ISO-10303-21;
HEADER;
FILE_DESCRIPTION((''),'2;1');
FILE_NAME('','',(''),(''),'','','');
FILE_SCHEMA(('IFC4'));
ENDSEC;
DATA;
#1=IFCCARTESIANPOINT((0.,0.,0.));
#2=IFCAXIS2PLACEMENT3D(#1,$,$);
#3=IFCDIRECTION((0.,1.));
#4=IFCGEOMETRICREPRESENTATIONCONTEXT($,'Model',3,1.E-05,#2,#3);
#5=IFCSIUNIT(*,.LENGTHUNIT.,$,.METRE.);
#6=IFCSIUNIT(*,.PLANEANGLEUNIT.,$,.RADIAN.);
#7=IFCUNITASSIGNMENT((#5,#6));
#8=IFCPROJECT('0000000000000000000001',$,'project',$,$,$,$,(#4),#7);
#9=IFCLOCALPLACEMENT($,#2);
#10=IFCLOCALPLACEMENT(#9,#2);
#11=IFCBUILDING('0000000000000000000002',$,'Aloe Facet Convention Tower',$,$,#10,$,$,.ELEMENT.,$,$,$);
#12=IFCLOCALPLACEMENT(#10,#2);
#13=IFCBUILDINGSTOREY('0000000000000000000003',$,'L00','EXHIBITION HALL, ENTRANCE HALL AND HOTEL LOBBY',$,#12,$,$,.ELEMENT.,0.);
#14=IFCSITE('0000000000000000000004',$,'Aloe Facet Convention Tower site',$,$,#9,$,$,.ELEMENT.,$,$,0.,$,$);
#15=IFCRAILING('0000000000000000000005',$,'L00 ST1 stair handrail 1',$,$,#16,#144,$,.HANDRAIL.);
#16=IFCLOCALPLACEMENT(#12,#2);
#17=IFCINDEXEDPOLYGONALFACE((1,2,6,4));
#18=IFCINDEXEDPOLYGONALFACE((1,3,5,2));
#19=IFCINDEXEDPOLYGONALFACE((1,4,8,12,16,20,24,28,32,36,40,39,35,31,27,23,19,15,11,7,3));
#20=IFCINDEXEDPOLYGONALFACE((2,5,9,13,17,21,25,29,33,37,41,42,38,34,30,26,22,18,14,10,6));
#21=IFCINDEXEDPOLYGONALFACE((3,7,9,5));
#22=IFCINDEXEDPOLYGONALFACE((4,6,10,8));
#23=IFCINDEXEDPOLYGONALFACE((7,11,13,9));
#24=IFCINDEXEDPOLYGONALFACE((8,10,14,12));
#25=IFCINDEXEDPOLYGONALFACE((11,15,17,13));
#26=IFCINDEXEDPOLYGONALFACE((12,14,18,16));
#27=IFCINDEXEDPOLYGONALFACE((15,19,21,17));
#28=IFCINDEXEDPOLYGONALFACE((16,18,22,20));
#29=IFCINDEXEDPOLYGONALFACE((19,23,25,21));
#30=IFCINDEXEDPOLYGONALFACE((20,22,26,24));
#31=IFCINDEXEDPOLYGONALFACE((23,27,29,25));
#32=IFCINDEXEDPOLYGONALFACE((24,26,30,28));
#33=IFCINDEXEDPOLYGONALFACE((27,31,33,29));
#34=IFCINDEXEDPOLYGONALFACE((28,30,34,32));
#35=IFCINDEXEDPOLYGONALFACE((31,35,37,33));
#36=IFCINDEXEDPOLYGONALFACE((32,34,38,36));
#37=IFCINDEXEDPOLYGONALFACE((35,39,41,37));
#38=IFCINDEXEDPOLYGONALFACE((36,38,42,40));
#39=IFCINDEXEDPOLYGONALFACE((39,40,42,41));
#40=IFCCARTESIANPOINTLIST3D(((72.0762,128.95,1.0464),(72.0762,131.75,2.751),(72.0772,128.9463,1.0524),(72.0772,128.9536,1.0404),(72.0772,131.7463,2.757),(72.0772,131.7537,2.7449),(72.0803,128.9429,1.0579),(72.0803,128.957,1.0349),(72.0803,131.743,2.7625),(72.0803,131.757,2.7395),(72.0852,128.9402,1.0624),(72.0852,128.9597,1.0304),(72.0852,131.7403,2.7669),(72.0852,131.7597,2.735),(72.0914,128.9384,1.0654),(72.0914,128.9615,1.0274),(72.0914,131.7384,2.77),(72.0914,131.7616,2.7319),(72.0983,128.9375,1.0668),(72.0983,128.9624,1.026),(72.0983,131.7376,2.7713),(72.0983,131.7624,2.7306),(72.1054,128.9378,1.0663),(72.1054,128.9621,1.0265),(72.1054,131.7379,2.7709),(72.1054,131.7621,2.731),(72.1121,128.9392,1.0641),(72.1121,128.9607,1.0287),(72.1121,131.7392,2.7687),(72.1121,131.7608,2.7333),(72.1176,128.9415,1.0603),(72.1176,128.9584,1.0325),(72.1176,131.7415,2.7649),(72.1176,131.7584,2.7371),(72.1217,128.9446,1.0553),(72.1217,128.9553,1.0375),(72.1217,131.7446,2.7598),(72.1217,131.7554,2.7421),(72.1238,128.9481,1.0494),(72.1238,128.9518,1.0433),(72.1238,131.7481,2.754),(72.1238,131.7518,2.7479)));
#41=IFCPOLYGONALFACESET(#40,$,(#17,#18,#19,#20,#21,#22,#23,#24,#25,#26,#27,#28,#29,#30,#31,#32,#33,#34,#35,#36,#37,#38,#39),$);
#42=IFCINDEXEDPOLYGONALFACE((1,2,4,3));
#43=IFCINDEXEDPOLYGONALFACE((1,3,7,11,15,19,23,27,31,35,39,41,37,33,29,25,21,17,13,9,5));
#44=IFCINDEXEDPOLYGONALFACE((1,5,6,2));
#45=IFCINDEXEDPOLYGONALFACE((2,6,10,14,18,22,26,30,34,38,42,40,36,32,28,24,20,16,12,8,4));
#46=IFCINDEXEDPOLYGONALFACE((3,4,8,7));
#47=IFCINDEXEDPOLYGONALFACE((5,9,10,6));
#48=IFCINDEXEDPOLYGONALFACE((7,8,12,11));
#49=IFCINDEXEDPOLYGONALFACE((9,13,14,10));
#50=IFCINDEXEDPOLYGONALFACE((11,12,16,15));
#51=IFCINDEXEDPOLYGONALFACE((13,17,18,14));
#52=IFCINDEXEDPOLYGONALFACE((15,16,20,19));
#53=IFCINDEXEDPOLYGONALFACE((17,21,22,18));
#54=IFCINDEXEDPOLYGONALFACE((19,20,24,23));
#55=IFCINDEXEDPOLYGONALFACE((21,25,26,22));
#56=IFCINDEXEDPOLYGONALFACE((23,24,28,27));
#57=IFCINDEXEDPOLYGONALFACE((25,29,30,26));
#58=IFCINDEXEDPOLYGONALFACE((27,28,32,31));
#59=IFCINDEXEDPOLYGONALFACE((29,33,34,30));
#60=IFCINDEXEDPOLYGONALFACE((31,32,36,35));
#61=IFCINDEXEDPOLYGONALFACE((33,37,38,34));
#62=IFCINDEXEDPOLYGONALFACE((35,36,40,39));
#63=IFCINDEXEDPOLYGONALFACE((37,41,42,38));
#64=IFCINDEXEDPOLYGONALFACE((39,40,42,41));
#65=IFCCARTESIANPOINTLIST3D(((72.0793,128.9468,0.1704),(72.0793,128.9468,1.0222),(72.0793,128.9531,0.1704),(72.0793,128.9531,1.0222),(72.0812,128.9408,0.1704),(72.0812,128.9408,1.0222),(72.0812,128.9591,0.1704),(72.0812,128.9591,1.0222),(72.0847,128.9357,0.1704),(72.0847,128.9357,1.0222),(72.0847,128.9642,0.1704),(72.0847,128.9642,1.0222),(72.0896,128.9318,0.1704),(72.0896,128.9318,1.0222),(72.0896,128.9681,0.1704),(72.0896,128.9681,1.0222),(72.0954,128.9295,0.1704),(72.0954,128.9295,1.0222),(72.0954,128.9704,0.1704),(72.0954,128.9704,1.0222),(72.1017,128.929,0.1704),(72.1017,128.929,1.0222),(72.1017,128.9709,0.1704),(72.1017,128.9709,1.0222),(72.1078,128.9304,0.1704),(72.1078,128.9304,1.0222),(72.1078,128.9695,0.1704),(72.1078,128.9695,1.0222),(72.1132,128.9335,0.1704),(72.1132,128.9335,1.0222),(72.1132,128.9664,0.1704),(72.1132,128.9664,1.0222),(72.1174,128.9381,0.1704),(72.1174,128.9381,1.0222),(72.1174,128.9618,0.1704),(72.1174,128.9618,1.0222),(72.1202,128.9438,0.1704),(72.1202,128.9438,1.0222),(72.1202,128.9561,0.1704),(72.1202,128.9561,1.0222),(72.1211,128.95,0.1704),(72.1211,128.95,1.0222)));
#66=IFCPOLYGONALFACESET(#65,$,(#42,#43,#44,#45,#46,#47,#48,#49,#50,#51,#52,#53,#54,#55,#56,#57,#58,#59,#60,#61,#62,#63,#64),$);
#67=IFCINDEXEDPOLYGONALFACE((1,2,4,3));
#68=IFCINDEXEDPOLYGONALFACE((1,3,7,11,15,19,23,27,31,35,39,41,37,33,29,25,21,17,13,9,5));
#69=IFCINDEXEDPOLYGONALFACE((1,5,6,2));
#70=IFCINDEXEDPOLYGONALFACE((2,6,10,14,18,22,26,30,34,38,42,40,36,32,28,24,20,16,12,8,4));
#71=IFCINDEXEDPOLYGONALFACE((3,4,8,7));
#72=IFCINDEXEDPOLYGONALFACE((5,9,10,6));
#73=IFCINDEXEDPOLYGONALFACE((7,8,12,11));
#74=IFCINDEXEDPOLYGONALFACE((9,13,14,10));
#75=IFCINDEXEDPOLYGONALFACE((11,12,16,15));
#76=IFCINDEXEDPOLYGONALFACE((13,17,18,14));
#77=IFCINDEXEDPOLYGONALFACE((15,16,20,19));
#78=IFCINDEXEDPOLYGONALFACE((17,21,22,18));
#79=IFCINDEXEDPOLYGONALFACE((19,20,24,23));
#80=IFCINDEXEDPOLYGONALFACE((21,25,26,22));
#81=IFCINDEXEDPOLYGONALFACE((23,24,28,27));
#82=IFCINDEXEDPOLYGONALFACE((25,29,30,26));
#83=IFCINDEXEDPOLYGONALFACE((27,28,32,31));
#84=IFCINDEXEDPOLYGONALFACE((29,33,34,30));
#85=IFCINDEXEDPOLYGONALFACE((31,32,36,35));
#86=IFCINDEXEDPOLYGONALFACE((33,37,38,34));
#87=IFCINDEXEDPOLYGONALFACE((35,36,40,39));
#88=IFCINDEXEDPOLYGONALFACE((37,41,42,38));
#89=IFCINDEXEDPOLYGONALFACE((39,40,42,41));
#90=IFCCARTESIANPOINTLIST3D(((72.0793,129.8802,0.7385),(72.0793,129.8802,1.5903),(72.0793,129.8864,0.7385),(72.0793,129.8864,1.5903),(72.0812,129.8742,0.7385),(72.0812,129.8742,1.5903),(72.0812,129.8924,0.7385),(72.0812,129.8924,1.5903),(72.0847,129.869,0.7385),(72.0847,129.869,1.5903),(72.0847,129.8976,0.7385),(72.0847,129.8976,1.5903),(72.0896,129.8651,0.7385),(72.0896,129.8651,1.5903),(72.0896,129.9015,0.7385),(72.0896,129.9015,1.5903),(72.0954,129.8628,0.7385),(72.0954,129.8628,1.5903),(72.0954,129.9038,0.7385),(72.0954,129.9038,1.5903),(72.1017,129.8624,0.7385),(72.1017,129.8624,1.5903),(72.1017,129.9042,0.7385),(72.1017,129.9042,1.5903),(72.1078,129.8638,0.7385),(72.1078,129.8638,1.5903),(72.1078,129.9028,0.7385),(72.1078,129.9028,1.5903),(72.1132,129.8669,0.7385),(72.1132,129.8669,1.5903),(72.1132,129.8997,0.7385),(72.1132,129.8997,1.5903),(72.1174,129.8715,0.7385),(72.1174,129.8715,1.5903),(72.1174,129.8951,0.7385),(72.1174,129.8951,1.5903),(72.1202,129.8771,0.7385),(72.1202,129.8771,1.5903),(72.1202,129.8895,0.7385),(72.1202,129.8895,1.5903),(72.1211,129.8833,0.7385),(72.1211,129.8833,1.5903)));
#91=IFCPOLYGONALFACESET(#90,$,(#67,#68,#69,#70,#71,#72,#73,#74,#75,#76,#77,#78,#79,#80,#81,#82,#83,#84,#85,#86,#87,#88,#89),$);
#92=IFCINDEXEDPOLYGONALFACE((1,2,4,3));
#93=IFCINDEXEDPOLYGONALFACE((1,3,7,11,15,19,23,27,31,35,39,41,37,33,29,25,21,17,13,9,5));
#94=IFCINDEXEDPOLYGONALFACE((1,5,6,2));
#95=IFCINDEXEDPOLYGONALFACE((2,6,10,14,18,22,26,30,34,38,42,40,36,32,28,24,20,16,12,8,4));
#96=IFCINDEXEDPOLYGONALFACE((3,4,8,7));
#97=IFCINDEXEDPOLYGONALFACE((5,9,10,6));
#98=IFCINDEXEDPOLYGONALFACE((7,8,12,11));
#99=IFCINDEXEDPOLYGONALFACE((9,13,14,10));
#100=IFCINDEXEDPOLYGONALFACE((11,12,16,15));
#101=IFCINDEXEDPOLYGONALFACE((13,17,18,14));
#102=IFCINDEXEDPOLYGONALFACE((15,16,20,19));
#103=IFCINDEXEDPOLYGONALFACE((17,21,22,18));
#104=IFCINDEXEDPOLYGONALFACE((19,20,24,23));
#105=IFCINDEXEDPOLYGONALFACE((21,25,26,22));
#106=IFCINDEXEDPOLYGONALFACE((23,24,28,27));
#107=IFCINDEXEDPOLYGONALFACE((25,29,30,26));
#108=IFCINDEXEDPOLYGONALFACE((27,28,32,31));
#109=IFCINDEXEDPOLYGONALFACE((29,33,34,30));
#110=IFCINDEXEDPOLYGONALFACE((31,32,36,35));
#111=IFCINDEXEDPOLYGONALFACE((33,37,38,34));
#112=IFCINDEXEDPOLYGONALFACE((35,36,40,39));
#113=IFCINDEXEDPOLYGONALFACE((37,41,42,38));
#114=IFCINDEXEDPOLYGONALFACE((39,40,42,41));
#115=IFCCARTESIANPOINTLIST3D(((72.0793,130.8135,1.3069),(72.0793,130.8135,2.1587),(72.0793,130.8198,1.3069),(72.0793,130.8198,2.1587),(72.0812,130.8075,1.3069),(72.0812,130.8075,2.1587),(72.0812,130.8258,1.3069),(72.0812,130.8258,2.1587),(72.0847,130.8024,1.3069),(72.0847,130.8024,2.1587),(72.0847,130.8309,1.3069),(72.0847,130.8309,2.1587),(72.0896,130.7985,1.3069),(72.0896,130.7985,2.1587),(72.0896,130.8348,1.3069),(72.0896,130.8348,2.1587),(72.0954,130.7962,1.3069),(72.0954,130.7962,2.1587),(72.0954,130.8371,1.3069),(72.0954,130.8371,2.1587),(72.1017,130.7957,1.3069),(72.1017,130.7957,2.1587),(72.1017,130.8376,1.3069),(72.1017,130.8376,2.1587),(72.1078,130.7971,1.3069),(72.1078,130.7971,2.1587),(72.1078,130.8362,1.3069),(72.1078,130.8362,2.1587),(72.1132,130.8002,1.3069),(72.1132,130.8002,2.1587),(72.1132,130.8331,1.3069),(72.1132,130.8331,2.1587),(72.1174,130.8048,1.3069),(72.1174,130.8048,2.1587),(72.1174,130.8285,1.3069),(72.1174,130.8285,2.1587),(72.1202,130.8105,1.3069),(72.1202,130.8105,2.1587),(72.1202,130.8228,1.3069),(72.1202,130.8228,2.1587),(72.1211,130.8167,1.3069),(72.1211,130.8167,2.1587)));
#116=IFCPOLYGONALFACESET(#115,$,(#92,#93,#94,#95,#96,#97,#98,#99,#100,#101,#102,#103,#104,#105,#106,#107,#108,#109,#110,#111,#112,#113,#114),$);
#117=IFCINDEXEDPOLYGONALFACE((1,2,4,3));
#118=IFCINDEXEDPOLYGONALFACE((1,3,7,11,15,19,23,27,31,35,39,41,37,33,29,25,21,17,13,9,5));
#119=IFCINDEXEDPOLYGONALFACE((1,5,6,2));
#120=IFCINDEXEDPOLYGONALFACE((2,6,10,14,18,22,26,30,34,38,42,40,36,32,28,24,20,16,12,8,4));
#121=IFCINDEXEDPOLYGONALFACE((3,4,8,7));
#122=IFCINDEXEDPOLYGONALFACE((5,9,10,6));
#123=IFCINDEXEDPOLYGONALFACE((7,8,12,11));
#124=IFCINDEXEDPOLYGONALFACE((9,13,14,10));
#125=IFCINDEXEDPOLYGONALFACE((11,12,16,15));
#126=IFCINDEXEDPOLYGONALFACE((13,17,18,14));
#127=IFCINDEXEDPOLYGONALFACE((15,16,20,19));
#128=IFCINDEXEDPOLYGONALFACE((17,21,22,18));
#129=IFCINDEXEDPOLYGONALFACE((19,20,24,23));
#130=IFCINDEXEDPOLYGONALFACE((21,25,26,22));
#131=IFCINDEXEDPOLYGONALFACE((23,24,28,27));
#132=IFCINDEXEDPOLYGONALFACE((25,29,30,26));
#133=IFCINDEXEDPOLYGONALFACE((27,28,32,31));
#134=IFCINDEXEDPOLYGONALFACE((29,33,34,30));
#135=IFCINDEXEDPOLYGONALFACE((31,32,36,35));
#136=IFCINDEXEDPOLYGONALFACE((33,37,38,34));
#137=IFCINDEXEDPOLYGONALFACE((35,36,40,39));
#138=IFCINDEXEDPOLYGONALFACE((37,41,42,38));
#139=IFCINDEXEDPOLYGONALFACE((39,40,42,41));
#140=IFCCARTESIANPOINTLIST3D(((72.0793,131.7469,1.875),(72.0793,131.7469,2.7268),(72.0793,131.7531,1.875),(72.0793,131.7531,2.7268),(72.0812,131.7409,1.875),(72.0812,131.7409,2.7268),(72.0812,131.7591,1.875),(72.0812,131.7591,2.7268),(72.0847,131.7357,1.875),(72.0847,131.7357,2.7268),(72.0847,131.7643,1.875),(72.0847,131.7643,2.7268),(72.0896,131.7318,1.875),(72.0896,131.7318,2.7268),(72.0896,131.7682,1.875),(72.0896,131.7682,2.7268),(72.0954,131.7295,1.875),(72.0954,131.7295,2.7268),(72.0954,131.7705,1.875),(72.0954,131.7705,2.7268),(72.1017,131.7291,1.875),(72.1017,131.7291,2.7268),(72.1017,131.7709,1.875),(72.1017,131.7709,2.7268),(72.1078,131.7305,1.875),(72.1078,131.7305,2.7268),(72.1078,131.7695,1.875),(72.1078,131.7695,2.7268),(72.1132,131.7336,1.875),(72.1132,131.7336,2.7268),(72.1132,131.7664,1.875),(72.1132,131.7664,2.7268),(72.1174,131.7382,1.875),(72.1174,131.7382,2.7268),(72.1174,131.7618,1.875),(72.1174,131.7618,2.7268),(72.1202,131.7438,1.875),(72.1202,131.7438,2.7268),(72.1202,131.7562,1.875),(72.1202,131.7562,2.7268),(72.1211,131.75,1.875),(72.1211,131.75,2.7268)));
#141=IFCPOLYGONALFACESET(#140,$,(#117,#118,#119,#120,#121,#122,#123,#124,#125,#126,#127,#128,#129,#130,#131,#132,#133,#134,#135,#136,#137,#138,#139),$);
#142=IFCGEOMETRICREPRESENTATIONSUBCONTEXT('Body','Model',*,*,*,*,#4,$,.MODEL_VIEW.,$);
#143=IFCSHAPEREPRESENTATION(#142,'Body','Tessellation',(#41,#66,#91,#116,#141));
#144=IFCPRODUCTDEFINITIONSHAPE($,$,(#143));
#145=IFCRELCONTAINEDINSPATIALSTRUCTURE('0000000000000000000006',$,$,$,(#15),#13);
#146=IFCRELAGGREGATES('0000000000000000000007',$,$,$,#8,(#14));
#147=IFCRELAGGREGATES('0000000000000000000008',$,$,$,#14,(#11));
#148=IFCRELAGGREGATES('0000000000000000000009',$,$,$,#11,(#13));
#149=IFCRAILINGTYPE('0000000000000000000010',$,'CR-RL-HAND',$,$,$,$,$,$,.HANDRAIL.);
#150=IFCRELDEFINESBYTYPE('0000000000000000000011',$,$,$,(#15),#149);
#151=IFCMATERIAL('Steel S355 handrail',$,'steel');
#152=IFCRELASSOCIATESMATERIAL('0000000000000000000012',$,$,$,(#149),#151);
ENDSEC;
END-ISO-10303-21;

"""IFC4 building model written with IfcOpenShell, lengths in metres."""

from ifc_helpers import new_model, si_unit, direction, frame, origin, origin_2d, place, context, subcontext, project, spatial, circle, extrude, material, type_object, element, save


model = new_model("IFC4")

# Units and contexts
model_context = context("Model", 3, precision=1e-05, world=origin(), true_north=direction((0.0, 1.0)))
body_context = subcontext(model_context, "Body", "Model", "MODEL_VIEW")
ifc_project = project(units=[si_unit("LENGTHUNIT", "METRE"), si_unit("PLANEANGLEUNIT", "RADIAN")], contexts=[model_context])

# Site, building, storey
site_placement = place(None, origin())
site = spatial("IfcSite", under=ifc_project, at=site_placement, Name="Aloe Facet Convention Tower site", CompositionType="ELEMENT", RefElevation=0.0)
building_placement = place(site_placement, origin())
building = spatial("IfcBuilding", under=site, at=building_placement, Name="Aloe Facet Convention Tower", CompositionType="ELEMENT")
storey_placement = place(building_placement, origin())
storey = spatial("IfcBuildingStorey", under=building, at=storey_placement, Name="L00", Description="EXHIBITION HALL, ENTRANCE HALL AND HOTEL LOBBY", CompositionType="ELEMENT", Elevation=0.0)

# Railing
ifc_material_1 = material(Name="Steel S355 handrail", Category="steel")
railing_type_1 = type_object("IfcRailingType", Name="CR-RL-HAND", PredefinedType="HANDRAIL", material=ifc_material_1)
for number, where, name in (
    (1, (72.1001, 128.95, 0.1704), "L00 ST1 stair handrail 1"),
):
    element("IfcRailing", number, at=place(storey_placement, frame(where)), inside=storey, type_object=railing_type_1, Name=name, PredefinedType="HANDRAIL", context=body_context, shape_type="SweptSolid", body=[
        extrude(circle(Radius=0.0239, at=origin_2d()), frame((0.0, 0.0, 0.876), z_axis=(0.0, 0.85417, 0.519994), x_axis=(-1.0, 0.0, 0.0)), (0.0, 0.0, 1.0), 3.2781),
        extrude(circle(Radius=0.021, at=origin_2d()), origin(), (0.0, 0.0, 1.0), 0.8518),
        extrude(circle(Radius=0.021, at=origin_2d()), frame((0.0, 0.9333, 0.5681)), (0.0, 0.0, 1.0), 0.8518),
        extrude(circle(Radius=0.021, at=origin_2d()), frame((0.0, 1.8667, 1.1365)), (0.0, 0.0, 1.0), 0.8518),
        extrude(circle(Radius=0.021, at=origin_2d()), frame((0.0, 2.8, 1.7046)), (0.0, 0.0, 1.0), 0.8518),
    ])

save(model, "model.ifc")
